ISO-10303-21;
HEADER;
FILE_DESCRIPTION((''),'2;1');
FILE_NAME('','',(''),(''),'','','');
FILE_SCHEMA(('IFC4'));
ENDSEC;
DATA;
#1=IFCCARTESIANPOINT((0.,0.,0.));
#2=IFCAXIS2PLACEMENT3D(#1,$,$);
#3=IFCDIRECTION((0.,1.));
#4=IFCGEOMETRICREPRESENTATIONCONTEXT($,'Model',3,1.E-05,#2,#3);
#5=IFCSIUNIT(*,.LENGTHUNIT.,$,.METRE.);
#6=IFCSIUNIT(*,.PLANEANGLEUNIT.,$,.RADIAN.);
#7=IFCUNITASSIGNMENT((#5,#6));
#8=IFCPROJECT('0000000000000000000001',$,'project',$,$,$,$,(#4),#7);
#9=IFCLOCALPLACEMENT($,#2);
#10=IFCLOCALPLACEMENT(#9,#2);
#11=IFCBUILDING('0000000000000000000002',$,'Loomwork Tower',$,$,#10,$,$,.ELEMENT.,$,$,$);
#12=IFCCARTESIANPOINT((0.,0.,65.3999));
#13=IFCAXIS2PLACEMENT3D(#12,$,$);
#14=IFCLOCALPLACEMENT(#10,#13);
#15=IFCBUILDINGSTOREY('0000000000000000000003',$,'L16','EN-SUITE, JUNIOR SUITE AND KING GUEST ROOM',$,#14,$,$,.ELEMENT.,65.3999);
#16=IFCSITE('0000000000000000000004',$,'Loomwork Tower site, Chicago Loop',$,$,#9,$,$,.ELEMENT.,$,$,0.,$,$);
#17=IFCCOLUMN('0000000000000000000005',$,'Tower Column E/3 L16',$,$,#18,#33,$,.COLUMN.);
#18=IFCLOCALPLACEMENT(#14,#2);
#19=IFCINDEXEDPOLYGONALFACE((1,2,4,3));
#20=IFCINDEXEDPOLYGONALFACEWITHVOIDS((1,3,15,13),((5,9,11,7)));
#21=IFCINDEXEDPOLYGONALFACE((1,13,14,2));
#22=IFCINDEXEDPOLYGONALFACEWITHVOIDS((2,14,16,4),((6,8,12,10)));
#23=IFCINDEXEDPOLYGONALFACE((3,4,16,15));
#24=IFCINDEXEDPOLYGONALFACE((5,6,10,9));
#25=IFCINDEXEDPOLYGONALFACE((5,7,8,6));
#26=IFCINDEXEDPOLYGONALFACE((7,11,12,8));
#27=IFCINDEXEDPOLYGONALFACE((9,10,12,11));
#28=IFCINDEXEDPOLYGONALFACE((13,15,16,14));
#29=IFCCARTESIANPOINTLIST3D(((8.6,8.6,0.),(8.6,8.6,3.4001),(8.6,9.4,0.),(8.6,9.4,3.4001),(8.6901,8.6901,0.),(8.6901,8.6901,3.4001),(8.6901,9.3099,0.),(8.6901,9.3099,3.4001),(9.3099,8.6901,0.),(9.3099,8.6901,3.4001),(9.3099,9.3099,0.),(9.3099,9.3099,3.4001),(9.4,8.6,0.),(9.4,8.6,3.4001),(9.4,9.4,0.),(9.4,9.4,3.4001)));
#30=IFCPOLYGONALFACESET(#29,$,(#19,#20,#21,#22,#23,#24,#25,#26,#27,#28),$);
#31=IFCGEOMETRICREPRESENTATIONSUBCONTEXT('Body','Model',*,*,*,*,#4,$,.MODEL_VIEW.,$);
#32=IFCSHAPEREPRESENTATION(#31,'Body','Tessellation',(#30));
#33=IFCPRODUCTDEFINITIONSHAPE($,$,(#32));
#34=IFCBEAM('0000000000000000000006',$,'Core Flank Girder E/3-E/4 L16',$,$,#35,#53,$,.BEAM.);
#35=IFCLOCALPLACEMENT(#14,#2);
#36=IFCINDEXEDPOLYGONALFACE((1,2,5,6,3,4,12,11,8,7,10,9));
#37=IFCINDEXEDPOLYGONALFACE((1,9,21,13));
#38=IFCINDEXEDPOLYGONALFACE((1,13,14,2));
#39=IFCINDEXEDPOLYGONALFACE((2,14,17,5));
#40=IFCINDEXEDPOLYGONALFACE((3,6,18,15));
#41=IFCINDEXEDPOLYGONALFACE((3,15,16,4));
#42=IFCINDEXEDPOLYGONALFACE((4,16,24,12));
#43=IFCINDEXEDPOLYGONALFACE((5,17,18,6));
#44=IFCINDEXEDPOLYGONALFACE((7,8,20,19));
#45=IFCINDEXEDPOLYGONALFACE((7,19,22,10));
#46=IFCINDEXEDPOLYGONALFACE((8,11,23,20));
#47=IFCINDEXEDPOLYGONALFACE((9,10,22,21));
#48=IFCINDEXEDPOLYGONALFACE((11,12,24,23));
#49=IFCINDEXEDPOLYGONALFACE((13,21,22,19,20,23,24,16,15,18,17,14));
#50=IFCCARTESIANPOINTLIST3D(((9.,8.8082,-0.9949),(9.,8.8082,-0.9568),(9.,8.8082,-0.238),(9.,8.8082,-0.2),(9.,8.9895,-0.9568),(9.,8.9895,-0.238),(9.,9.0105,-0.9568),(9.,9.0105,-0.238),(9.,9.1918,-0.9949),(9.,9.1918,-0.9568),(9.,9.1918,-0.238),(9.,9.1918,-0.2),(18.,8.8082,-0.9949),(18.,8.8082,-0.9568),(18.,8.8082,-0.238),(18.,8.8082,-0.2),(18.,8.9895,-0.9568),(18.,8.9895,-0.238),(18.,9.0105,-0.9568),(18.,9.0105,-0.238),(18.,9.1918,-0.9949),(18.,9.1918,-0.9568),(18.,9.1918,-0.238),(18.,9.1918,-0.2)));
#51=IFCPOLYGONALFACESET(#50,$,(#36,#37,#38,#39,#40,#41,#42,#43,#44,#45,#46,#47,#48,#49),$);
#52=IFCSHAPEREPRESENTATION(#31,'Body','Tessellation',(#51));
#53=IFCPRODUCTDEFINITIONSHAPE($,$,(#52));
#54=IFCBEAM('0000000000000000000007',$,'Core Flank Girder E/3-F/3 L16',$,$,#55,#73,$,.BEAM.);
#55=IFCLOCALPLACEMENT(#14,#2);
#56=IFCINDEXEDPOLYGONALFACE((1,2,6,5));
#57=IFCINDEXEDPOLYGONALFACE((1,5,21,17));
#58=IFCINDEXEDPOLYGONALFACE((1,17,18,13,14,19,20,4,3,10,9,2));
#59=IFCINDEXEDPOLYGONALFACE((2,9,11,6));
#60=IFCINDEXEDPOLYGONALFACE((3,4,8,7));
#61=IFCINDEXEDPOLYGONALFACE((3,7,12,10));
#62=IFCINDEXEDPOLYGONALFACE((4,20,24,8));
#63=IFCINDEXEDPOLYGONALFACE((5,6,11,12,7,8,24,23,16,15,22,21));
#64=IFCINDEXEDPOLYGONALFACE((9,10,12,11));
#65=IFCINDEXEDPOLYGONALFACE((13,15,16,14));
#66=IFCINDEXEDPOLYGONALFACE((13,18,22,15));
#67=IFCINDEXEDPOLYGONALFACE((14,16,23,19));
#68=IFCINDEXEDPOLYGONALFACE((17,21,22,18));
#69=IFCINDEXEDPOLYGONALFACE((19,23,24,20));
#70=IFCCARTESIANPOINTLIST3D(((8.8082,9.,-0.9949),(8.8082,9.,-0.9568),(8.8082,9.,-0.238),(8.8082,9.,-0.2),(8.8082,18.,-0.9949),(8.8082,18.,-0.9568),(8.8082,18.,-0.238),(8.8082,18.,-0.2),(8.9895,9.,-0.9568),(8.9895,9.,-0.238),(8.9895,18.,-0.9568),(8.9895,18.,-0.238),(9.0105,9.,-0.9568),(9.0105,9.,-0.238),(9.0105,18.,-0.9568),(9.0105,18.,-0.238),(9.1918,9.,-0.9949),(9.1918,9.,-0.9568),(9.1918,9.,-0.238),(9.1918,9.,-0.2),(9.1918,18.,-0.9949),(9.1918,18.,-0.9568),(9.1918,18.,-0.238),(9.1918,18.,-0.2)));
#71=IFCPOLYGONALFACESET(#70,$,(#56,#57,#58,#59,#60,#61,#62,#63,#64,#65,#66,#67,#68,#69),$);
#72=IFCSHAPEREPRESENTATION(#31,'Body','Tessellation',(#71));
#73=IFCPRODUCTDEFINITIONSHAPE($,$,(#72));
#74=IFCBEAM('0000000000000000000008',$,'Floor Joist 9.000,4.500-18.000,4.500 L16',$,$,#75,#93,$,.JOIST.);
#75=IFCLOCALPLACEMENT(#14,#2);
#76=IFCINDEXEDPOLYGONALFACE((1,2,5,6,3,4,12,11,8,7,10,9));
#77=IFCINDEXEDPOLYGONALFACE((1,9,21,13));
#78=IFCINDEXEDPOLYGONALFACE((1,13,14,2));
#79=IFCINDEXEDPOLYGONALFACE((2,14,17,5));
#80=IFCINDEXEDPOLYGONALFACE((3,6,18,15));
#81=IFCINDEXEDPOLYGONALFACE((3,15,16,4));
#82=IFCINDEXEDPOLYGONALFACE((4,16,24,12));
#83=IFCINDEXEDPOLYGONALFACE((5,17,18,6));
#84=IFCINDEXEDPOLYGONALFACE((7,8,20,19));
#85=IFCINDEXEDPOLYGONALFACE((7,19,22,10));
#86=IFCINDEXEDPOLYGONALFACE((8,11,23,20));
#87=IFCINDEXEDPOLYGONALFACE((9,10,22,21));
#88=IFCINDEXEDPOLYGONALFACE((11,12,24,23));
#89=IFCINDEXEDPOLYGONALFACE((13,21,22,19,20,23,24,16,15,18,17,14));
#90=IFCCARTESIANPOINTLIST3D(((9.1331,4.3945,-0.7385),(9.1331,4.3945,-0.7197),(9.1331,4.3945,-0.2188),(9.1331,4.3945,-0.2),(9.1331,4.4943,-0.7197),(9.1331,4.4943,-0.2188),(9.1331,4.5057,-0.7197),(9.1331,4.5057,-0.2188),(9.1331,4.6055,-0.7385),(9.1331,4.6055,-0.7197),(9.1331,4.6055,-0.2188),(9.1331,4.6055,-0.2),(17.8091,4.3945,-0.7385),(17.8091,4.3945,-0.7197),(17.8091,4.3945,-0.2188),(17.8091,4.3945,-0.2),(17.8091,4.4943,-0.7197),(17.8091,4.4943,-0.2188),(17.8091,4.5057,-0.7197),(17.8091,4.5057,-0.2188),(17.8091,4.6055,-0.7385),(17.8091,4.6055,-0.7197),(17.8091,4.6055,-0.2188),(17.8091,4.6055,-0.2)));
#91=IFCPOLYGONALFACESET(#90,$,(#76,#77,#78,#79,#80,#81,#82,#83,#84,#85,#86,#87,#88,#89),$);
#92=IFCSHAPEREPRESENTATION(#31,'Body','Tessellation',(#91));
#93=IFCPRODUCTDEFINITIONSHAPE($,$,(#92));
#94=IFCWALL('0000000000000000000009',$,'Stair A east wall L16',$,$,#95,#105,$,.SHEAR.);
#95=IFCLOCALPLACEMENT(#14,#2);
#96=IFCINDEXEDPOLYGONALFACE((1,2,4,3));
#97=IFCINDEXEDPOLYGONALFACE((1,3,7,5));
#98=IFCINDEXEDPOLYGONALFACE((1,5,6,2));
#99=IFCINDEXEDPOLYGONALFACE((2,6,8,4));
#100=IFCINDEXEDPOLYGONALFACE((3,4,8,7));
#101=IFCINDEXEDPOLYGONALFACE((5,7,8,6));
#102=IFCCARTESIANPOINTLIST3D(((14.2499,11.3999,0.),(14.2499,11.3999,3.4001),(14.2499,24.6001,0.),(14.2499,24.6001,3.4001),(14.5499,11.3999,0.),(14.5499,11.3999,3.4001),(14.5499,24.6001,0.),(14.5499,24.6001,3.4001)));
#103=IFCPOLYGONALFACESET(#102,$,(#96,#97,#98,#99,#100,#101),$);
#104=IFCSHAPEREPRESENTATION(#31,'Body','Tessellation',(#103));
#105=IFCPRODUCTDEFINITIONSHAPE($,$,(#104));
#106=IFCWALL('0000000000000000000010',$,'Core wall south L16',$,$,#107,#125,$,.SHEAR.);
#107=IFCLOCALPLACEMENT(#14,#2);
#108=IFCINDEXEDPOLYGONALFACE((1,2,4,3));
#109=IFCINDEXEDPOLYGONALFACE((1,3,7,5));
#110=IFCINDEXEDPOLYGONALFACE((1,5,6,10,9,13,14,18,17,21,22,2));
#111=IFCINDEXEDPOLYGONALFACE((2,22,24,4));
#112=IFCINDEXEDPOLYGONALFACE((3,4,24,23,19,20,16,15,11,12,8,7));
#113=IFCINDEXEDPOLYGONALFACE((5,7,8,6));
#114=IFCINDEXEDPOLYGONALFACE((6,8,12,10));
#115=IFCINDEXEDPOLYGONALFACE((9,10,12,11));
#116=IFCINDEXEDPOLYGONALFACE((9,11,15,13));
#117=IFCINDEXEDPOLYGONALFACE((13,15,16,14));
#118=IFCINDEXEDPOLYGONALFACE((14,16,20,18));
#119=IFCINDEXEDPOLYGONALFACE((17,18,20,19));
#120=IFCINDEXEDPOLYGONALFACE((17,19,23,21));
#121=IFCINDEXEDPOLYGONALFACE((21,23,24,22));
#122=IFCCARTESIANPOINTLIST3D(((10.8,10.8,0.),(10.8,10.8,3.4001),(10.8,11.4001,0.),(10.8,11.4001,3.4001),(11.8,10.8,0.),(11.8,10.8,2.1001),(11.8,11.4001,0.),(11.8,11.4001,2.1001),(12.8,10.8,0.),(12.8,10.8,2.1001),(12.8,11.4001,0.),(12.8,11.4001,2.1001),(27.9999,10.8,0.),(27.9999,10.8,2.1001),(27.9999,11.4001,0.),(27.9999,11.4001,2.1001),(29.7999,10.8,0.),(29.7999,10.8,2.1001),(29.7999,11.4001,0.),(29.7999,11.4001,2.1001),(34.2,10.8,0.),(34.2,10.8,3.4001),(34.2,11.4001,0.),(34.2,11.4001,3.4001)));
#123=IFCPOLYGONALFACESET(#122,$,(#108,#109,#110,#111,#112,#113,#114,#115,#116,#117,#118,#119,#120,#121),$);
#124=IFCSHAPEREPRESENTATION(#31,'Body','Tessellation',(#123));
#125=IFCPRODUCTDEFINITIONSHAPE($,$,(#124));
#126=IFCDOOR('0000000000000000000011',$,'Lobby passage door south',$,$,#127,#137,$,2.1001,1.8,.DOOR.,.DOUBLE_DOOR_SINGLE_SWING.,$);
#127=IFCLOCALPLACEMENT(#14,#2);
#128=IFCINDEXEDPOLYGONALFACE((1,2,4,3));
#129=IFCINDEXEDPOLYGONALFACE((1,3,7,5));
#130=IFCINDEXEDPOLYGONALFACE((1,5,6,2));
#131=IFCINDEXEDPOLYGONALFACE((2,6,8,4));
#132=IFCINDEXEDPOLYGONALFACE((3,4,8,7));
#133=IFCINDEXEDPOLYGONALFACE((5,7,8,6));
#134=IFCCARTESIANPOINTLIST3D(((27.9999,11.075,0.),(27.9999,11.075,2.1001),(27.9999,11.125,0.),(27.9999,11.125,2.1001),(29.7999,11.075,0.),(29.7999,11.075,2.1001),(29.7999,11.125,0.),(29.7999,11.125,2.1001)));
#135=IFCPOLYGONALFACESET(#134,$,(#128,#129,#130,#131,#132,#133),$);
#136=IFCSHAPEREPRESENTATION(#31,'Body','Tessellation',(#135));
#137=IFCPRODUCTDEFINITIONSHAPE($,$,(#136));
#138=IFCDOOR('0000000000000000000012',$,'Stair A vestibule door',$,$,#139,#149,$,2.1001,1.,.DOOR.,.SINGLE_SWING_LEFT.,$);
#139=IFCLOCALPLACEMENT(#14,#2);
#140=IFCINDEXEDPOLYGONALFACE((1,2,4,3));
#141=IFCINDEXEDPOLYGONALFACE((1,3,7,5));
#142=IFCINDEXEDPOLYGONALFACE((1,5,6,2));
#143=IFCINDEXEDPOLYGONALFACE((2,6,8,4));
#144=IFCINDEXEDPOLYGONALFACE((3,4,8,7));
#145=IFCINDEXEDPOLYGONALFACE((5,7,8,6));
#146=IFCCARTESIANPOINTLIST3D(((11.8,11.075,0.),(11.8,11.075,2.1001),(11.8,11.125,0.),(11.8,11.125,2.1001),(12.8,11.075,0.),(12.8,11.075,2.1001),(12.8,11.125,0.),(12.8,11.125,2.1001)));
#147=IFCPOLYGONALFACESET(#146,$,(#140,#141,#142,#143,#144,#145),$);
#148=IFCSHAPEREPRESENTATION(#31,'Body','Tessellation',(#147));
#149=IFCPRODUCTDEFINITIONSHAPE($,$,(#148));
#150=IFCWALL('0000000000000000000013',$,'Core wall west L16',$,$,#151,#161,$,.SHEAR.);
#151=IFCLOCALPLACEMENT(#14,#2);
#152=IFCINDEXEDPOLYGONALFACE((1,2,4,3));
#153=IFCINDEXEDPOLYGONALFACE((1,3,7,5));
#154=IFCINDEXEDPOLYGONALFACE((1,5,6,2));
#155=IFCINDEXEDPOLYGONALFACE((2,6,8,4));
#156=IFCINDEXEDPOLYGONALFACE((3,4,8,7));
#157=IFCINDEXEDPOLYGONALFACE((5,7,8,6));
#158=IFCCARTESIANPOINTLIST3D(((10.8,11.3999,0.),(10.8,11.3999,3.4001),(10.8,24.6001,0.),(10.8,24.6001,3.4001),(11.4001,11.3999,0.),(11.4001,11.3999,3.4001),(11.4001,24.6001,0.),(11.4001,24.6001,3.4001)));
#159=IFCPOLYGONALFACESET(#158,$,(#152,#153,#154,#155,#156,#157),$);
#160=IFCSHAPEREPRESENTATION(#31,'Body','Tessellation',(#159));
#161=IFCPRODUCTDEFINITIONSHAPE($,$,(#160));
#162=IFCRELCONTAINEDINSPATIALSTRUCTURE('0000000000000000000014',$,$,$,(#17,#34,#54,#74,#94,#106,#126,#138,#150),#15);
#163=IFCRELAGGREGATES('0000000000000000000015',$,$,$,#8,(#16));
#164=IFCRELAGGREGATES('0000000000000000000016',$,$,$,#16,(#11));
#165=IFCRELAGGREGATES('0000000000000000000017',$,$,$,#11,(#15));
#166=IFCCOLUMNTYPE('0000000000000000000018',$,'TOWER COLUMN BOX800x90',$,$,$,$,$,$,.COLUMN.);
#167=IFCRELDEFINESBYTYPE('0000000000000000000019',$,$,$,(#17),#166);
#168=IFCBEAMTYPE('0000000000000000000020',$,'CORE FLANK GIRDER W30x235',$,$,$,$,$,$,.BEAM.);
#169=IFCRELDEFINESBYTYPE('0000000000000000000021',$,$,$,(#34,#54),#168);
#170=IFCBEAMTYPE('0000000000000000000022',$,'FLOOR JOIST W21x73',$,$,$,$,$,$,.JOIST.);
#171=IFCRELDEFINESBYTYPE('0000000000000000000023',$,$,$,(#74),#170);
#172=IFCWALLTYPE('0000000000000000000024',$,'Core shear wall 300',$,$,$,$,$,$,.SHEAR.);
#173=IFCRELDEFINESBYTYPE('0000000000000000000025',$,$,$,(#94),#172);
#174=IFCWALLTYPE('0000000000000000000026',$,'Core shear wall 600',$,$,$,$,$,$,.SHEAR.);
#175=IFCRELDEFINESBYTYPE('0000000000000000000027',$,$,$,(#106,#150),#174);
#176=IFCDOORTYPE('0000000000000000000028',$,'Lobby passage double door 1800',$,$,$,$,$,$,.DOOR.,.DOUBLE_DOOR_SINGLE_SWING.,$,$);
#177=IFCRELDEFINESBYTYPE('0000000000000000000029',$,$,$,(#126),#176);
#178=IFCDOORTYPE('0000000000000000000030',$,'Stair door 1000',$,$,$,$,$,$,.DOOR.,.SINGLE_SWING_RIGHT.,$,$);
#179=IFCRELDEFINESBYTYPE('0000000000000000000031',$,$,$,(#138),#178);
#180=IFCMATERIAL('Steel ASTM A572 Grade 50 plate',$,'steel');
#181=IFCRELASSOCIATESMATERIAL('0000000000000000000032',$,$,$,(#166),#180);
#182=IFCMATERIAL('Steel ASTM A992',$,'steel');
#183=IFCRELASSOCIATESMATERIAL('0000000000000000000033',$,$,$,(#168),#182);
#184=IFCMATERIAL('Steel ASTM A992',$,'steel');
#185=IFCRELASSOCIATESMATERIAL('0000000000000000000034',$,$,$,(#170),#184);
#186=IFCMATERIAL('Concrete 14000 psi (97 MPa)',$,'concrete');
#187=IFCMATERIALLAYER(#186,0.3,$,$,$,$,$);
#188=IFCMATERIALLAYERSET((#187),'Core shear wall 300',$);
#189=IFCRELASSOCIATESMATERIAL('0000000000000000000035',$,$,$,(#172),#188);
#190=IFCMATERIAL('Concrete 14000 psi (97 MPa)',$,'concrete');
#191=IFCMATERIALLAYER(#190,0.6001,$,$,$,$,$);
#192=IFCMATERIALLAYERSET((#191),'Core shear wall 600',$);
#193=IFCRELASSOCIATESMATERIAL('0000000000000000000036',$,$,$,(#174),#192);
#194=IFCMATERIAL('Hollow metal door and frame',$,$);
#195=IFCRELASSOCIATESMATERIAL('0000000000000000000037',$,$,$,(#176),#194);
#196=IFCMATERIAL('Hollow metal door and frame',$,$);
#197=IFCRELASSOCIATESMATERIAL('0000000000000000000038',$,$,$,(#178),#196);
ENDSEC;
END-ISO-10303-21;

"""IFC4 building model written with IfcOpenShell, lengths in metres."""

from ifc_helpers import new_model, si_unit, direction, frame, frame_2d, origin, origin_2d, place, context, subcontext, project, spatial, rectangle, hollow_rectangle, i_section, extrude, material, layer, layer_set, material_profile, profile_set, type_object, element, fill, save


model = new_model("IFC4")

# Units and contexts
model_context = context("Model", 3, precision=1e-05, world=origin(), true_north=direction((0.0, 1.0)))
body_context = subcontext(model_context, "Body", "Model", "MODEL_VIEW")
ifc_project = project(units=[si_unit("LENGTHUNIT", "METRE"), si_unit("PLANEANGLEUNIT", "RADIAN")], contexts=[model_context])

# Site, building, storey
site_placement = place(None, origin())
site = spatial("IfcSite", under=ifc_project, at=site_placement, Name="Loomwork Tower site, Chicago Loop", CompositionType="ELEMENT", RefElevation=0.0)
building_placement = place(site_placement, origin())
building = spatial("IfcBuilding", under=site, at=building_placement, Name="Loomwork Tower", CompositionType="ELEMENT")
storey_placement = place(building_placement, frame((0.0, 0.0, 65.3999)))
storey = spatial("IfcBuildingStorey", under=building, at=storey_placement, Name="L16", Description="EN-SUITE, JUNIOR SUITE AND KING GUEST ROOM", CompositionType="ELEMENT", Elevation=65.3999)

# Column
ifc_material_1 = material(Name="Steel ASTM A572 Grade 50 plate", Category="steel")
ifc_material_profile_1 = material_profile(ifc_material_1, hollow_rectangle(XDim=0.8, YDim=0.8, WallThickness=0.0901, at=origin_2d()), Name="BOX800x90")
ifc_profile_set_1 = profile_set([ifc_material_profile_1], Name="Steel ASTM A572 Grade 50 plate")
column_type = type_object("IfcColumnType", Name="TOWER COLUMN BOX800x90", PredefinedType="COLUMN", material=ifc_profile_set_1)
column_placement = place(storey_placement, frame((9.0, 9.0, 0.0), z_axis=(0.0, 0.0, 1.0), x_axis=(1.0, 0.0, 0.0)))
element("IfcColumn", 1, at=column_placement, inside=storey, type_object=column_type, Name="Tower Column E/3 L16", PredefinedType="COLUMN", context=body_context, shape_type="SweptSolid", body=[
    extrude(hollow_rectangle(XDim=0.8, YDim=0.8, WallThickness=0.0901, at=origin_2d()), origin(), (0.0, 0.0, 1.0), 3.4001),
])

# Beams
ifc_material_2 = material(Name="Steel ASTM A992", Category="steel")
ifc_material_profile_2 = material_profile(ifc_material_2, i_section(OverallWidth=0.3835, OverallDepth=0.7949, WebThickness=0.021, FlangeThickness=0.0381, at=origin_2d()), Name="W30x235")
ifc_profile_set_2 = profile_set([ifc_material_profile_2], Name="Steel ASTM A992")
beam_type_1 = type_object("IfcBeamType", Name="CORE FLANK GIRDER W30x235", PredefinedType="BEAM", material=ifc_profile_set_2)
for number, where, z_axis, x_axis, name in (
    (2, (9.0, 9.0, -0.5974), (1.0, 0.0, 0.0), (0.0, 1.0, 0.0), "Core Flank Girder E/3-E/4 L16"),
    (3, (9.0, 9.0, -0.5974), (0.0, 1.0, 0.0), (-1.0, 0.0, 0.0), "Core Flank Girder E/3-F/3 L16"),
):
    element("IfcBeam", number, at=place(storey_placement, frame(where, z_axis=z_axis, x_axis=x_axis)), inside=storey, type_object=beam_type_1, Name=name, PredefinedType="BEAM", context=body_context, shape_type="SweptSolid", body=[
        extrude(i_section(OverallWidth=0.3835, OverallDepth=0.7949, WebThickness=0.021, FlangeThickness=0.0381, at=origin_2d()), origin(), (0.0, 0.0, 1.0), 9.0),
    ])
ifc_material_3 = material(Name="Steel ASTM A992", Category="steel")
ifc_material_profile_3 = material_profile(ifc_material_3, i_section(OverallWidth=0.2109, OverallDepth=0.5386, WebThickness=0.0115, FlangeThickness=0.0188, at=origin_2d()), Name="W21x73")
ifc_profile_set_3 = profile_set([ifc_material_profile_3], Name="Steel ASTM A992")
beam_type_2 = type_object("IfcBeamType", Name="FLOOR JOIST W21x73", PredefinedType="JOIST", material=ifc_profile_set_3)
beam_placement = place(storey_placement, frame((9.1331, 4.5, -0.4692), z_axis=(1.0, 0.0, 0.0), x_axis=(0.0, 1.0, 0.0)))
element("IfcBeam", 4, at=beam_placement, inside=storey, type_object=beam_type_2, Name="Floor Joist 9.000,4.500-18.000,4.500 L16", PredefinedType="JOIST", context=body_context, shape_type="SweptSolid", body=[
    extrude(i_section(OverallWidth=0.2109, OverallDepth=0.5386, WebThickness=0.0115, FlangeThickness=0.0188, at=origin_2d()), origin(), (0.0, 0.0, 1.0), 8.676),
])

# Wall
ifc_material_4 = material(Name="Concrete 14000 psi (97 MPa)", Category="concrete")
ifc_layer_1 = layer(ifc_material_4, 0.3)
ifc_layer_set_1 = layer_set([ifc_layer_1], Name="Core shear wall 300")
wall_type_1 = type_object("IfcWallType", Name="Core shear wall 300", PredefinedType="SHEAR", material=ifc_layer_set_1)
wall_1_placement = place(storey_placement, frame((14.3999, 11.3999, 0.0), z_axis=(0.0, 0.0, 1.0), x_axis=(0.0, 1.0, 0.0)))
element("IfcWall", 5, at=wall_1_placement, inside=storey, type_object=wall_type_1, Name="Stair A east wall L16", PredefinedType="SHEAR", context=body_context, shape_type="SweptSolid", body=[
    extrude(rectangle(XDim=13.2002, YDim=0.3, at=frame_2d((6.6001, 0.0))), origin(), (0.0, 0.0, 1.0), 3.4001),
])

# Wall, openings, doors
ifc_material_5 = material(Name="Concrete 14000 psi (97 MPa)", Category="concrete")
ifc_layer_2 = layer(ifc_material_5, 0.6001)
ifc_layer_set_2 = layer_set([ifc_layer_2], Name="Core shear wall 600")
wall_type_2 = type_object("IfcWallType", Name="Core shear wall 600", PredefinedType="SHEAR", material=ifc_layer_set_2)
wall_2_placement = place(storey_placement, frame((10.8, 11.1001, 0.0), z_axis=(0.0, 0.0, 1.0), x_axis=(1.0, 0.0, 0.0)))
wall_2 = element("IfcWall", 6, at=wall_2_placement, inside=storey, type_object=wall_type_2, Name="Core wall south L16", PredefinedType="SHEAR", context=body_context, shape_type="SweptSolid", body=[
    extrude(rectangle(XDim=23.3999, YDim=0.6001, at=frame_2d((11.7, 0.0))), origin(), (0.0, 0.0, 1.0), 3.4001),
])
opening_1_placement = place(wall_2_placement, frame((1.0, 0.0, 0.0)))
opening_1 = element("IfcOpeningElement", 7, at=opening_1_placement, cuts=wall_2, PredefinedType="OPENING", context=body_context, shape_type="SweptSolid", body=[
    extrude(rectangle(XDim=1.0, YDim=2.1001, at=frame_2d((0.5, 1.05))), frame((0.0, 0.3101, 0.0), z_axis=(0.0, -1.0, 0.0), x_axis=(1.0, 0.0, 0.0)), (0.0, 0.0, 1.0), 0.6201),
])
opening_2_placement = place(wall_2_placement, frame((17.2, 0.0, 0.0)))
opening_2 = element("IfcOpeningElement", 8, at=opening_2_placement, cuts=wall_2, PredefinedType="OPENING", context=body_context, shape_type="SweptSolid", body=[
    extrude(rectangle(XDim=1.8, YDim=2.1001, at=frame_2d((0.8999, 1.05))), frame((0.0, 0.3101, 0.0), z_axis=(0.0, -1.0, 0.0), x_axis=(1.0, 0.0, 0.0)), (0.0, 0.0, 1.0), 0.6201),
])
ifc_material_6 = material(Name="Hollow metal door and frame")
door_type_1 = type_object("IfcDoorType", Name="Lobby passage double door 1800", OperationType="DOUBLE_DOOR_SINGLE_SWING", PredefinedType="DOOR", material=ifc_material_6)
door_1_placement = place(opening_2_placement, origin())
door_1 = element("IfcDoor", 9, at=door_1_placement, inside=storey, type_object=door_type_1, Name="Lobby passage door south", OperationType="DOUBLE_DOOR_SINGLE_SWING", OverallHeight=2.1001, OverallWidth=1.8, PredefinedType="DOOR", context=body_context, shape_type="SweptSolid", body=[
    extrude(rectangle(XDim=1.8, YDim=2.1001, at=frame_2d((0.8999, 1.05))), frame((0.0, 0.0249, 0.0), z_axis=(0.0, -1.0, 0.0), x_axis=(1.0, 0.0, 0.0)), (0.0, 0.0, 1.0), 0.05),
])
fill(opening_2, door_1)
ifc_material_7 = material(Name="Hollow metal door and frame")
door_type_2 = type_object("IfcDoorType", Name="Stair door 1000", OperationType="SINGLE_SWING_RIGHT", PredefinedType="DOOR", material=ifc_material_7)
door_2_placement = place(opening_1_placement, origin())
door_2 = element("IfcDoor", 10, at=door_2_placement, inside=storey, type_object=door_type_2, Name="Stair A vestibule door", OperationType="SINGLE_SWING_LEFT", OverallHeight=2.1001, OverallWidth=1.0, PredefinedType="DOOR", context=body_context, shape_type="SweptSolid", body=[
    extrude(rectangle(XDim=1.0, YDim=2.1001, at=frame_2d((0.5, 1.05))), frame((0.0, 0.0249, 0.0), z_axis=(0.0, -1.0, 0.0), x_axis=(1.0, 0.0, 0.0)), (0.0, 0.0, 1.0), 0.05),
])
fill(opening_1, door_2)

# Wall
wall_3_placement = place(storey_placement, frame((11.1001, 11.3999, 0.0), z_axis=(0.0, 0.0, 1.0), x_axis=(0.0, 1.0, 0.0)))
element("IfcWall", 11, at=wall_3_placement, inside=storey, type_object=wall_type_2, Name="Core wall west L16", PredefinedType="SHEAR", context=body_context, shape_type="SweptSolid", body=[
    extrude(rectangle(XDim=13.2002, YDim=0.6001, at=frame_2d((6.6001, 0.0))), origin(), (0.0, 0.0, 1.0), 3.4001),
])

save(model, "model.ifc")
